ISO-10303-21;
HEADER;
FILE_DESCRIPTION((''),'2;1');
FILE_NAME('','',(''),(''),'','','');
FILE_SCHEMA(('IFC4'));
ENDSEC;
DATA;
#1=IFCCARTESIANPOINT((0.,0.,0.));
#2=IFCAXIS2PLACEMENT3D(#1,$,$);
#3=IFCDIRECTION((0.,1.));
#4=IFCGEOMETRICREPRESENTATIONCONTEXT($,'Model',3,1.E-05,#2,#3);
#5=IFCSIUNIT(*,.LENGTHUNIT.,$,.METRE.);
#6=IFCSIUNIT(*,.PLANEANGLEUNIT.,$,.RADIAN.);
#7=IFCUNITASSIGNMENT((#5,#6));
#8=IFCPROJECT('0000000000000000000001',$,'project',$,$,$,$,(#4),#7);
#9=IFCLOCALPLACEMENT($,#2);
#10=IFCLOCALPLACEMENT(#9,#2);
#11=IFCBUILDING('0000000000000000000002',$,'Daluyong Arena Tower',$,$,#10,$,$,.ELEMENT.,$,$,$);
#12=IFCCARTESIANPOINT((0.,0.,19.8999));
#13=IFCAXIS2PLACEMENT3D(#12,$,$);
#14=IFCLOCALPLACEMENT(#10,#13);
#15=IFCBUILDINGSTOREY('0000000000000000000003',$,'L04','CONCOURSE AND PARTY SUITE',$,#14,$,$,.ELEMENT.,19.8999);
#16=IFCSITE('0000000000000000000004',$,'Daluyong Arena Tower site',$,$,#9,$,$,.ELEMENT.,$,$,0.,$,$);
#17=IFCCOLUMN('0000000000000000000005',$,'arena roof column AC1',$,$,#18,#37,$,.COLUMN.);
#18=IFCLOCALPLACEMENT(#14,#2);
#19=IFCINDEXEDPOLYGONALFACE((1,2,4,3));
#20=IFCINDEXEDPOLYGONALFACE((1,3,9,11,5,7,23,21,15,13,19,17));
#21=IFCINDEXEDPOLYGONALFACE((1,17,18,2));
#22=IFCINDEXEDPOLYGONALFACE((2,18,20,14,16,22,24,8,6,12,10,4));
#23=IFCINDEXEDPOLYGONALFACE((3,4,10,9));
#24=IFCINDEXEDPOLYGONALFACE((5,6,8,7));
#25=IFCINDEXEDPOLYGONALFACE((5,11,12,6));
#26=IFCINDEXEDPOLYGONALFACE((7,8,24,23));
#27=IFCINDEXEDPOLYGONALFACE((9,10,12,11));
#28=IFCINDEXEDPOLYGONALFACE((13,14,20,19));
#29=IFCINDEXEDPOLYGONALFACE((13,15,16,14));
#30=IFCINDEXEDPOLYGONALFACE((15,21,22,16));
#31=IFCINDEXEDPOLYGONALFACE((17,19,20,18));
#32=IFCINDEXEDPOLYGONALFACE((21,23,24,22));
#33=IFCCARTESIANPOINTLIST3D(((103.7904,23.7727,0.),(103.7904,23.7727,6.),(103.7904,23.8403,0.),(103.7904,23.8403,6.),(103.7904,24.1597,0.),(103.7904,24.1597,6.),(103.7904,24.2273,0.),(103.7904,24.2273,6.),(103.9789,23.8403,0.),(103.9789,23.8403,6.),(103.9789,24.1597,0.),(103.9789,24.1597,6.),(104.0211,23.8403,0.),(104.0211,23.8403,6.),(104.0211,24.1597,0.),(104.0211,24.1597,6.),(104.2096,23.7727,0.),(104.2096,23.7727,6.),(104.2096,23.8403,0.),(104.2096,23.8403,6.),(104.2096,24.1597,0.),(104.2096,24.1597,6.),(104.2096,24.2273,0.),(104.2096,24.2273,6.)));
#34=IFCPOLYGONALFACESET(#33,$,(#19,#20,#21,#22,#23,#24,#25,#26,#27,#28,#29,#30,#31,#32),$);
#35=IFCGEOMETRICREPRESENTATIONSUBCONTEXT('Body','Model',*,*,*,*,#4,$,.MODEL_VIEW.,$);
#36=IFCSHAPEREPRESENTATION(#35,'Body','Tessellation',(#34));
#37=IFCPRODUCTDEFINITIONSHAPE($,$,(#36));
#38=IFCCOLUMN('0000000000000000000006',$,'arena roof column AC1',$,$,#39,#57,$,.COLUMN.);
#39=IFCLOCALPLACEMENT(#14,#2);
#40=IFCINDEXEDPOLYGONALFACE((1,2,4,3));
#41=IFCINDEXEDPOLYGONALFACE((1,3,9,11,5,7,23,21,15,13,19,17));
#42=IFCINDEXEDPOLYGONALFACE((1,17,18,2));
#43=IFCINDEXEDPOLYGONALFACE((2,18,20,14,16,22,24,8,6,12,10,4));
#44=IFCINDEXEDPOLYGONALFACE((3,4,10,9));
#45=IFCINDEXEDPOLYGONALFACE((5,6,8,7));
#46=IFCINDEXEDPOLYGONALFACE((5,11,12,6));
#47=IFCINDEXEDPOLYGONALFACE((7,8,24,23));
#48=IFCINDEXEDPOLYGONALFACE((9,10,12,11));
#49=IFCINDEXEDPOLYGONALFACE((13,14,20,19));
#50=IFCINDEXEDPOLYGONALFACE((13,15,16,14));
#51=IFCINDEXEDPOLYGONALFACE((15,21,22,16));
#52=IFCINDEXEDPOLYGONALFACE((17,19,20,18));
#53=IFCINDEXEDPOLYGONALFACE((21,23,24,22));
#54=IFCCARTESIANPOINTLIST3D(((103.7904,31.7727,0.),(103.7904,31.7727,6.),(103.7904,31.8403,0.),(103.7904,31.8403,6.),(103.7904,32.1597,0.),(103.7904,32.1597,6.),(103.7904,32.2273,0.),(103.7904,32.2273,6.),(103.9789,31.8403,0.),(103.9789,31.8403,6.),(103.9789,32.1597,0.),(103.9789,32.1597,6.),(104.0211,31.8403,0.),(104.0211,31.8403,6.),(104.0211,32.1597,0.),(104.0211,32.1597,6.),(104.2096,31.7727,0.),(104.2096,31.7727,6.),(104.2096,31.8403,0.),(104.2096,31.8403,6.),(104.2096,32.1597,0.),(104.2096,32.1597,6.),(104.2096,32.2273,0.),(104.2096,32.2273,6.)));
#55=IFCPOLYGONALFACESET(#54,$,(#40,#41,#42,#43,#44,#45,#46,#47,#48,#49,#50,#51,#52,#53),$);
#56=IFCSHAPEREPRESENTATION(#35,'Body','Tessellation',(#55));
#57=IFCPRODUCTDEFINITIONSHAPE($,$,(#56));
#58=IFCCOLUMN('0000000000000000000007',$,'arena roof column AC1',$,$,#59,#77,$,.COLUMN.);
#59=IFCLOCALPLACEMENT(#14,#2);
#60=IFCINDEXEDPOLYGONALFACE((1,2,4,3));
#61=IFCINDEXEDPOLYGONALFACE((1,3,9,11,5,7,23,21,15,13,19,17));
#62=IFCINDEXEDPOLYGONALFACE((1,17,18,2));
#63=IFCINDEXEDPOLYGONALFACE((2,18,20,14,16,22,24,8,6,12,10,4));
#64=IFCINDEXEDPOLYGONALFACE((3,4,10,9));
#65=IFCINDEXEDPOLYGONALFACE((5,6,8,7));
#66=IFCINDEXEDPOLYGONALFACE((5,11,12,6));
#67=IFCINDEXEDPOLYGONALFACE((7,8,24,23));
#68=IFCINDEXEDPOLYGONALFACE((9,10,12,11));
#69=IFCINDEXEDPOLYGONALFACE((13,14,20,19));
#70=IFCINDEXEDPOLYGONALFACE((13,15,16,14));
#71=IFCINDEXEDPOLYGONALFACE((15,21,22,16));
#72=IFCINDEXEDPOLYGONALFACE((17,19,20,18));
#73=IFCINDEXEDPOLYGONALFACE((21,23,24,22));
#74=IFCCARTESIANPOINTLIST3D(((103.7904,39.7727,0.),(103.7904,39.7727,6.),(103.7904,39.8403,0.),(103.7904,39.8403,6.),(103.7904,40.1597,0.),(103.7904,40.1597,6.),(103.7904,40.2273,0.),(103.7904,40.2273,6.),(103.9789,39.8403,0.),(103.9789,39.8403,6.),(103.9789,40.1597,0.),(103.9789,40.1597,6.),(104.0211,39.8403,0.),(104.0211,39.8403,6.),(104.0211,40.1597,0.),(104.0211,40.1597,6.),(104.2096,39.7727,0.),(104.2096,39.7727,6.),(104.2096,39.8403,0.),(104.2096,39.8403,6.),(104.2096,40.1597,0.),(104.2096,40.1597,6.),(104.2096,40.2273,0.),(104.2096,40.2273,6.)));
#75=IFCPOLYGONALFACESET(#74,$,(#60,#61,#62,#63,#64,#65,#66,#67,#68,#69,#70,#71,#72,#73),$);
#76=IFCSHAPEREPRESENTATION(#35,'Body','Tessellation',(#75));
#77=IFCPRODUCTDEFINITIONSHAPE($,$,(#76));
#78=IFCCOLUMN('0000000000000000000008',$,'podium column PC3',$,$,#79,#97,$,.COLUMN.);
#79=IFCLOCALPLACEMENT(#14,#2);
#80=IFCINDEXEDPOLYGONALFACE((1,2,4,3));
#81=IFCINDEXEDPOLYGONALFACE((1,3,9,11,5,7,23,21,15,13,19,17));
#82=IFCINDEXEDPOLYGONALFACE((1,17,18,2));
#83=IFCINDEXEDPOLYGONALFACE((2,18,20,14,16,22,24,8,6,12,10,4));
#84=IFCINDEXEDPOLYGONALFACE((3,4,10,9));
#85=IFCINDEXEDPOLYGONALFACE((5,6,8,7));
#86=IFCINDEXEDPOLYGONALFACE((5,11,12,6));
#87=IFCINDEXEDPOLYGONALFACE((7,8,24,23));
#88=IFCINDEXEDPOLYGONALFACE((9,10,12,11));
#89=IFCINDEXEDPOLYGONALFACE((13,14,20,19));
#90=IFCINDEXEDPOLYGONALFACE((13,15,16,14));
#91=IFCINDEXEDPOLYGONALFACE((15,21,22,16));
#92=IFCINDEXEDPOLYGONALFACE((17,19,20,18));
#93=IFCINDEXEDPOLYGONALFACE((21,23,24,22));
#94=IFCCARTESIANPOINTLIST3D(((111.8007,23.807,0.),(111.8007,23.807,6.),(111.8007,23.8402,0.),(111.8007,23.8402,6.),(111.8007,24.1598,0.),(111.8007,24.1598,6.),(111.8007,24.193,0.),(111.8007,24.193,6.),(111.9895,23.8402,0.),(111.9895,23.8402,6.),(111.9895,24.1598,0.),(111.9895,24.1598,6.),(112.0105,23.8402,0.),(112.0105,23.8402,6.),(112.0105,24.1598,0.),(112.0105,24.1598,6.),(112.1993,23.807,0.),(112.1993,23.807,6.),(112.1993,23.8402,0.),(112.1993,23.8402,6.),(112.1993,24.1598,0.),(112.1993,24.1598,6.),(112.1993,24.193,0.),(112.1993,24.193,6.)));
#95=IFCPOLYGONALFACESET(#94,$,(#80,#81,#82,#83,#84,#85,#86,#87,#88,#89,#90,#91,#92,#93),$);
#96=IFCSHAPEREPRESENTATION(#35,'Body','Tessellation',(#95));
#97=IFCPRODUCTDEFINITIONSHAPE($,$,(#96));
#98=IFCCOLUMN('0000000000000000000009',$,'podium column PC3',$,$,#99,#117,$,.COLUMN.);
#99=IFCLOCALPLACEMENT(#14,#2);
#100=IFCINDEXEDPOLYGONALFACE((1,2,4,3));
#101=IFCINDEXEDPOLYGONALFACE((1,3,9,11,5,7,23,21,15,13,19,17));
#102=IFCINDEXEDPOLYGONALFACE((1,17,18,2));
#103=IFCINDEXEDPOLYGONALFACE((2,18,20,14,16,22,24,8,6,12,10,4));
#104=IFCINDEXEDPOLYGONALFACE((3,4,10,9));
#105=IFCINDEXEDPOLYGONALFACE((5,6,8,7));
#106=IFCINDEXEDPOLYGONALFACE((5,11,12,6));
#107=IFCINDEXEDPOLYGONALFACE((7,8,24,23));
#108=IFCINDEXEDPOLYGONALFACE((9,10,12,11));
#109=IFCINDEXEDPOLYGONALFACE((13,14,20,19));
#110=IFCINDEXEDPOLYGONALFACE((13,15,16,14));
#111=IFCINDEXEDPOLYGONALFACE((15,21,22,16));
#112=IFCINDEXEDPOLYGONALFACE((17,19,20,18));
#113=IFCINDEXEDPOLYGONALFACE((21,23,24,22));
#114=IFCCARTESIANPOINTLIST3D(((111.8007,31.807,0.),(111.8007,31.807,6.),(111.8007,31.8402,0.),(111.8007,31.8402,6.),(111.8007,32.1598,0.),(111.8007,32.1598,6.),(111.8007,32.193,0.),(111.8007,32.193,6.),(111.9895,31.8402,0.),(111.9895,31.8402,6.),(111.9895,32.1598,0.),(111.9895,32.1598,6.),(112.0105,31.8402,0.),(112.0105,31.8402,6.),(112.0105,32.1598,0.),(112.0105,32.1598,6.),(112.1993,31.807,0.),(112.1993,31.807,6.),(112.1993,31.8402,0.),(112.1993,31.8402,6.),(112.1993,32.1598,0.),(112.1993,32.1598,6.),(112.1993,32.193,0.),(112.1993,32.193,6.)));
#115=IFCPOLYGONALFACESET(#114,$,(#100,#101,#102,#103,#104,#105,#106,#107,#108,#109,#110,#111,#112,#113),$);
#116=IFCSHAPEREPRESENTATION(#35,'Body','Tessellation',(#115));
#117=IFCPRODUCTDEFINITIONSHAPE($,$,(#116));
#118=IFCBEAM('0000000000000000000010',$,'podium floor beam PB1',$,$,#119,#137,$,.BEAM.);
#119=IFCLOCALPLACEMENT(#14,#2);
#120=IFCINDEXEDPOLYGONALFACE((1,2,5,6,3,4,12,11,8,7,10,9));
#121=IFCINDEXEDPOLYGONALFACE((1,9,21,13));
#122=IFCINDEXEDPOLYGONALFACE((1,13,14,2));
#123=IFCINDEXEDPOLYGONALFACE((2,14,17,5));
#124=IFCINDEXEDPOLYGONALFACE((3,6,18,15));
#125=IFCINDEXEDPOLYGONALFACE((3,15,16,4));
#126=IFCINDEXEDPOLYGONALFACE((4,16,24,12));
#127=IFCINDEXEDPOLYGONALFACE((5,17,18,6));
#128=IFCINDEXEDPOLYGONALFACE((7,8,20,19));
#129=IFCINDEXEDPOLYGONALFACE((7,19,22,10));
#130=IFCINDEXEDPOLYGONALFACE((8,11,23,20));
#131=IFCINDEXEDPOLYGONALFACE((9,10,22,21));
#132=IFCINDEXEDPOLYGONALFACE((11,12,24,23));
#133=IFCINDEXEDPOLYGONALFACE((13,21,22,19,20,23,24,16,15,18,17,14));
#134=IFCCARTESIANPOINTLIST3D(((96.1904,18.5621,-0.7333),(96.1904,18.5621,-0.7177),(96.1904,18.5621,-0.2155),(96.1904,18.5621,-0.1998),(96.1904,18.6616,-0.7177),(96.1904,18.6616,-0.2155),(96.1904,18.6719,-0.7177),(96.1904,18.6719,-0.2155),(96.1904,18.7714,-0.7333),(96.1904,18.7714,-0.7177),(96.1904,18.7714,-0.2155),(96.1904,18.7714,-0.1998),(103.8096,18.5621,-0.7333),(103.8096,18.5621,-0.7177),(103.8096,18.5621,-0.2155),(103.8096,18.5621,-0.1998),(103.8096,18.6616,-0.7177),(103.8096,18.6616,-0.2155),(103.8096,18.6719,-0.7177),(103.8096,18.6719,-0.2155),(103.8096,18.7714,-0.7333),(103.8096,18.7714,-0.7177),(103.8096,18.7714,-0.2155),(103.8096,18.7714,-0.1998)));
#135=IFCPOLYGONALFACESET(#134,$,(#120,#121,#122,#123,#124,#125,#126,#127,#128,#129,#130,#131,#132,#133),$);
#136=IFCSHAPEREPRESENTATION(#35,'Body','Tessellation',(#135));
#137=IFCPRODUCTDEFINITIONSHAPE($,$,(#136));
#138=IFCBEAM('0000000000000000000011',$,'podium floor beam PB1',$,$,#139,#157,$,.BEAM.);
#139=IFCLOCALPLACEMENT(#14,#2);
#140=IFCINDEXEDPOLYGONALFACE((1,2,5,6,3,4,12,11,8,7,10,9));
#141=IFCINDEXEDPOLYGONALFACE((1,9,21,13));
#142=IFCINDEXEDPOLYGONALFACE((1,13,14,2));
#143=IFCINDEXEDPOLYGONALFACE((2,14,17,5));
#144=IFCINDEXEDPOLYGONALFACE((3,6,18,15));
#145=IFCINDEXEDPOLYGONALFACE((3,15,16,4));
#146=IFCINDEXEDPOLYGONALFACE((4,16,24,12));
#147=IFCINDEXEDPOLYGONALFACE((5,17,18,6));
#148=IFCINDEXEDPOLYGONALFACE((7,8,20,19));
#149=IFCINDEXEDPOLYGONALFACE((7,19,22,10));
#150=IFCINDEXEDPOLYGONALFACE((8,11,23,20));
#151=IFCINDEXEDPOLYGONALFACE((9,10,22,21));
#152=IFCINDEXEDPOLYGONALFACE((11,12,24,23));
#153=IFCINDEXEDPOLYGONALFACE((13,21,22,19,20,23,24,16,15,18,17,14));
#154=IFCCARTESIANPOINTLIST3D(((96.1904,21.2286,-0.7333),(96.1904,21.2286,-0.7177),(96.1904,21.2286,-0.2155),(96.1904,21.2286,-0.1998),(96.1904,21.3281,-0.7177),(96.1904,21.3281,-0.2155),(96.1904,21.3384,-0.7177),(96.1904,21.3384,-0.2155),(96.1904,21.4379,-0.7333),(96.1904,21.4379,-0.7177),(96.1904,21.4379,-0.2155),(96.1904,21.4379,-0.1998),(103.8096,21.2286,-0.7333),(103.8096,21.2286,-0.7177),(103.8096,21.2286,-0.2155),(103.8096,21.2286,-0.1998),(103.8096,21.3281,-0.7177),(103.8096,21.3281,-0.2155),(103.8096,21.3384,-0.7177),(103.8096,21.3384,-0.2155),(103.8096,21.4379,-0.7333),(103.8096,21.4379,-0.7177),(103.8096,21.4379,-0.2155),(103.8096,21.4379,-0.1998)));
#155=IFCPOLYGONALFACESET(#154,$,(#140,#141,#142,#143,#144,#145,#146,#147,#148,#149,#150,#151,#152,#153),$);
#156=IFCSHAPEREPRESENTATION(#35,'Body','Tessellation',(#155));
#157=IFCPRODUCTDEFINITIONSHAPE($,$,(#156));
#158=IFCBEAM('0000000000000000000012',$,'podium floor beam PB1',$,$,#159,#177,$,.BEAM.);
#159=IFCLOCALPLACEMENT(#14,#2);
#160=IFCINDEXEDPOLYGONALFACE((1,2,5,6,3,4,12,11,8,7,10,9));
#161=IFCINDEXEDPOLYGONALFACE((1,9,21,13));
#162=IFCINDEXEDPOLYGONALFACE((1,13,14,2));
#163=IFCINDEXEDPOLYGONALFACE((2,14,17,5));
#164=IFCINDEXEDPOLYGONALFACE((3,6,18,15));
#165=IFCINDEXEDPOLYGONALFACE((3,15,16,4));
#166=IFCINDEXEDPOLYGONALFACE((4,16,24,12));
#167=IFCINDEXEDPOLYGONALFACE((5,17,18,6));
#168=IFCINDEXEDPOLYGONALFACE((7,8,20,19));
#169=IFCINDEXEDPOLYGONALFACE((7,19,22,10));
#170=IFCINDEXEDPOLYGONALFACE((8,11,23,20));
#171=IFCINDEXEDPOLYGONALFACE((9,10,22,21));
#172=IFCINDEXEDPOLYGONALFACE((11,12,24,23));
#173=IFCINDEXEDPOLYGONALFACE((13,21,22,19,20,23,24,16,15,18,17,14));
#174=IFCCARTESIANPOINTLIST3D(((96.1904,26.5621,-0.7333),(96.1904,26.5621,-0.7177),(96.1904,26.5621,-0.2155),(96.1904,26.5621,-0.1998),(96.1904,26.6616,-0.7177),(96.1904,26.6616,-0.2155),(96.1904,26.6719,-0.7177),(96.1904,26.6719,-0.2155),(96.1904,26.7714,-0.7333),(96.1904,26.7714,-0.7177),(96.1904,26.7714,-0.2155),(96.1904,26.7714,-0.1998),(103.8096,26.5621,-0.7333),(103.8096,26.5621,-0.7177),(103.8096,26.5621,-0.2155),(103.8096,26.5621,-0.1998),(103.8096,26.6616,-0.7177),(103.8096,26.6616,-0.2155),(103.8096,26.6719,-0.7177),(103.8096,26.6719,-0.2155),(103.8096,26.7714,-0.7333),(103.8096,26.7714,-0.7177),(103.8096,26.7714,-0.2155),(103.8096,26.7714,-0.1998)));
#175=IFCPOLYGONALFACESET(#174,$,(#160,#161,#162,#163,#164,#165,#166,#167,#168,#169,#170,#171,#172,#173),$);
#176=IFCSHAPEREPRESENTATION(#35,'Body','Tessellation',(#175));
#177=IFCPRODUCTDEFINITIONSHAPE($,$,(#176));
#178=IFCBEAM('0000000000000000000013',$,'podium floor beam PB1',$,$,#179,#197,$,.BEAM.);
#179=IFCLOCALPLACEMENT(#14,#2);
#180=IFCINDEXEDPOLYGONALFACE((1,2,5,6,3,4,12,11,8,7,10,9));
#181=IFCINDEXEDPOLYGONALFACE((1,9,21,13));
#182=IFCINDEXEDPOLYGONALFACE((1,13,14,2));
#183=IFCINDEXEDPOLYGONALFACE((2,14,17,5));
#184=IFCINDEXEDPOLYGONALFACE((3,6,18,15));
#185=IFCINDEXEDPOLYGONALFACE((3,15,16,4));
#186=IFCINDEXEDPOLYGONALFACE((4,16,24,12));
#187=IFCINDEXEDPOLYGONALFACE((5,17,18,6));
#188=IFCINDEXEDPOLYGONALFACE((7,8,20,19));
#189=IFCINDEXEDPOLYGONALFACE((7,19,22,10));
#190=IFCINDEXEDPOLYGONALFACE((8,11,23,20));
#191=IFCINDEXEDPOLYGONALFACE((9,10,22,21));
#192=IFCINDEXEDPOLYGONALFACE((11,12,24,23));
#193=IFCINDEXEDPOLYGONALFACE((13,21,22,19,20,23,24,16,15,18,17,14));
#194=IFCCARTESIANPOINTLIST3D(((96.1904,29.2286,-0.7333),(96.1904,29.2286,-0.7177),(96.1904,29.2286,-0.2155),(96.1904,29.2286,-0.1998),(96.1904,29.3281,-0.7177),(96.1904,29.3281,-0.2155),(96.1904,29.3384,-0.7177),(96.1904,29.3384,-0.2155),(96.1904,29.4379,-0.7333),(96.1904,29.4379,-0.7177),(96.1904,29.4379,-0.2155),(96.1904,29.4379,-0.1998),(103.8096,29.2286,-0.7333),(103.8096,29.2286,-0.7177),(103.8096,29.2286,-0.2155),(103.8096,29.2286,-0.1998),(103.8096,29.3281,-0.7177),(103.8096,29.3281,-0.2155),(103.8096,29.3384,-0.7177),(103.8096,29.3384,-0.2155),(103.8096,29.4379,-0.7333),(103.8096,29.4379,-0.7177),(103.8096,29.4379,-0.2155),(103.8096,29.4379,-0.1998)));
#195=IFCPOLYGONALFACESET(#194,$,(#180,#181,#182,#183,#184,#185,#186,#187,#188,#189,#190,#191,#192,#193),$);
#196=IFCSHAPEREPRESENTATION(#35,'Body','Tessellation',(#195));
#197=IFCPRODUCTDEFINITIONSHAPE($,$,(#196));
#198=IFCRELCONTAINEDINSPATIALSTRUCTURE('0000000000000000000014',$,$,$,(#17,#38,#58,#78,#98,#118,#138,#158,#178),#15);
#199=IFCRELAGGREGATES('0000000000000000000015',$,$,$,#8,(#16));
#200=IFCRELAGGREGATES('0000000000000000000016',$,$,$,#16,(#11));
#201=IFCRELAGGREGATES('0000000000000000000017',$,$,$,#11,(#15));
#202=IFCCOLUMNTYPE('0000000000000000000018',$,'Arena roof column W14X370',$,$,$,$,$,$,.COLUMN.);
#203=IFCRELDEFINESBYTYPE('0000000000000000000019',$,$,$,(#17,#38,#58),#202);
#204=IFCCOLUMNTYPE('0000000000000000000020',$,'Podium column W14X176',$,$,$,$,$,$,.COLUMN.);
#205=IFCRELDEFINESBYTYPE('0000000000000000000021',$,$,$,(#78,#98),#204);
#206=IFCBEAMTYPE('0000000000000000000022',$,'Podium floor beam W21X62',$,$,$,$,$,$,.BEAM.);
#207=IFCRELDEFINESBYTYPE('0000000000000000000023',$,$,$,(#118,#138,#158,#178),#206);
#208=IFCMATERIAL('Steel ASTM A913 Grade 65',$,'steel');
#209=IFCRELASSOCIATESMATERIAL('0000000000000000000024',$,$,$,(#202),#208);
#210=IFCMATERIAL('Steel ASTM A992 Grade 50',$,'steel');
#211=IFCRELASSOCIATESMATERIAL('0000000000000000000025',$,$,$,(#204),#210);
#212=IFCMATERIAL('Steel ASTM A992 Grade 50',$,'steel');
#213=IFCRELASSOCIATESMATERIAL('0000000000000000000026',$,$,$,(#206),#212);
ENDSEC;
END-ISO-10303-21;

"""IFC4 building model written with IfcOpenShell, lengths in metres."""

from ifc_helpers import new_model, si_unit, direction, frame, origin, origin_2d, place, context, subcontext, project, spatial, i_section, extrude, material, material_profile, profile_set, type_object, element, save


model = new_model("IFC4")

# Units and contexts
model_context = context("Model", 3, precision=1e-05, world=origin(), true_north=direction((0.0, 1.0)))
body_context = subcontext(model_context, "Body", "Model", "MODEL_VIEW")
ifc_project = project(units=[si_unit("LENGTHUNIT", "METRE"), si_unit("PLANEANGLEUNIT", "RADIAN")], contexts=[model_context])

# Site, building, storey
site_placement = place(None, origin())
site = spatial("IfcSite", under=ifc_project, at=site_placement, Name="Daluyong Arena Tower site", CompositionType="ELEMENT", RefElevation=0.0)
building_placement = place(site_placement, origin())
building = spatial("IfcBuilding", under=site, at=building_placement, Name="Daluyong Arena Tower", CompositionType="ELEMENT")
storey_placement = place(building_placement, frame((0.0, 0.0, 19.8999)))
storey = spatial("IfcBuildingStorey", under=building, at=storey_placement, Name="L04", Description="CONCOURSE AND PARTY SUITE", CompositionType="ELEMENT", Elevation=19.8999)

# Columns
ifc_material_1 = material(Name="Steel ASTM A913 Grade 65", Category="steel")
ifc_material_profile_1 = material_profile(ifc_material_1, i_section(OverallWidth=0.4192, OverallDepth=0.4546, WebThickness=0.0422, FlangeThickness=0.0676, at=origin_2d()))
ifc_profile_set_1 = profile_set([ifc_material_profile_1], Name="Steel ASTM A913 Grade 65")
column_type_1 = type_object("IfcColumnType", Name="Arena roof column W14X370", PredefinedType="COLUMN", material=ifc_profile_set_1)
for number, where, z_axis, x_axis, name in (
    (1, (104.0, 24.0, 0.0), (0.0, 0.0, 1.0), (1.0, 0.0, 0.0), "arena roof column AC1"),
    (2, (104.0, 32.0, 0.0), (0.0, 0.0, 1.0), (1.0, 0.0, 0.0), "arena roof column AC1"),
    (3, (104.0, 40.0, 0.0), (0.0, 0.0, 1.0), (1.0, 0.0, 0.0), "arena roof column AC1"),
):
    element("IfcColumn", number, at=place(storey_placement, frame(where, z_axis=z_axis, x_axis=x_axis)), inside=storey, type_object=column_type_1, Name=name, PredefinedType="COLUMN", context=body_context, shape_type="SweptSolid", body=[
        extrude(i_section(OverallWidth=0.4192, OverallDepth=0.4546, WebThickness=0.0422, FlangeThickness=0.0676, at=origin_2d()), origin(), (0.0, 0.0, 1.0), 6.0),
    ])
ifc_material_2 = material(Name="Steel ASTM A992 Grade 50", Category="steel")
ifc_material_profile_2 = material_profile(ifc_material_2, i_section(OverallWidth=0.3987, OverallDepth=0.386, WebThickness=0.021, FlangeThickness=0.0332, at=origin_2d()))
ifc_profile_set_2 = profile_set([ifc_material_profile_2], Name="Steel ASTM A992 Grade 50")
column_type_2 = type_object("IfcColumnType", Name="Podium column W14X176", PredefinedType="COLUMN", material=ifc_profile_set_2)
for number, where, z_axis, x_axis, name in (
    (4, (112.0, 24.0, 0.0), (0.0, 0.0, 1.0), (1.0, 0.0, 0.0), "podium column PC3"),
    (5, (112.0, 32.0, 0.0), (0.0, 0.0, 1.0), (1.0, 0.0, 0.0), "podium column PC3"),
):
    element("IfcColumn", number, at=place(storey_placement, frame(where, z_axis=z_axis, x_axis=x_axis)), inside=storey, type_object=column_type_2, Name=name, PredefinedType="COLUMN", context=body_context, shape_type="SweptSolid", body=[
        extrude(i_section(OverallWidth=0.3987, OverallDepth=0.386, WebThickness=0.021, FlangeThickness=0.0332, at=origin_2d()), origin(), (0.0, 0.0, 1.0), 6.0),
    ])

# Beams
ifc_material_3 = material(Name="Steel ASTM A992 Grade 50", Category="steel")
ifc_material_profile_3 = material_profile(ifc_material_3, i_section(OverallWidth=0.2092, OverallDepth=0.5334, WebThickness=0.0103, FlangeThickness=0.0156, at=origin_2d()))
ifc_profile_set_3 = profile_set([ifc_material_profile_3], Name="Steel ASTM A992 Grade 50")
beam_type_1 = type_object("IfcBeamType", Name="Podium floor beam W21X62", PredefinedType="BEAM", material=ifc_profile_set_3)
for number, where, z_axis, x_axis, name in (
    (6, (96.1904, 18.6667, -0.4666), (1.0, 0.0, 0.0), (0.0, 1.0, 0.0), "podium floor beam PB1"),
    (7, (96.1904, 21.3333, -0.4666), (1.0, 0.0, 0.0), (0.0, 1.0, 0.0), "podium floor beam PB1"),
    (8, (96.1904, 26.6667, -0.4666), (1.0, 0.0, 0.0), (0.0, 1.0, 0.0), "podium floor beam PB1"),
    (9, (96.1904, 29.3333, -0.4666), (1.0, 0.0, 0.0), (0.0, 1.0, 0.0), "podium floor beam PB1"),
):
    element("IfcBeam", number, at=place(storey_placement, frame(where, z_axis=z_axis, x_axis=x_axis)), inside=storey, type_object=beam_type_1, Name=name, PredefinedType="BEAM", context=body_context, shape_type="SweptSolid", body=[
        extrude(i_section(OverallWidth=0.2092, OverallDepth=0.5334, WebThickness=0.0103, FlangeThickness=0.0156, at=origin_2d()), origin(), (0.0, 0.0, 1.0), 7.6191),
    ])

save(model, "model.ifc")
